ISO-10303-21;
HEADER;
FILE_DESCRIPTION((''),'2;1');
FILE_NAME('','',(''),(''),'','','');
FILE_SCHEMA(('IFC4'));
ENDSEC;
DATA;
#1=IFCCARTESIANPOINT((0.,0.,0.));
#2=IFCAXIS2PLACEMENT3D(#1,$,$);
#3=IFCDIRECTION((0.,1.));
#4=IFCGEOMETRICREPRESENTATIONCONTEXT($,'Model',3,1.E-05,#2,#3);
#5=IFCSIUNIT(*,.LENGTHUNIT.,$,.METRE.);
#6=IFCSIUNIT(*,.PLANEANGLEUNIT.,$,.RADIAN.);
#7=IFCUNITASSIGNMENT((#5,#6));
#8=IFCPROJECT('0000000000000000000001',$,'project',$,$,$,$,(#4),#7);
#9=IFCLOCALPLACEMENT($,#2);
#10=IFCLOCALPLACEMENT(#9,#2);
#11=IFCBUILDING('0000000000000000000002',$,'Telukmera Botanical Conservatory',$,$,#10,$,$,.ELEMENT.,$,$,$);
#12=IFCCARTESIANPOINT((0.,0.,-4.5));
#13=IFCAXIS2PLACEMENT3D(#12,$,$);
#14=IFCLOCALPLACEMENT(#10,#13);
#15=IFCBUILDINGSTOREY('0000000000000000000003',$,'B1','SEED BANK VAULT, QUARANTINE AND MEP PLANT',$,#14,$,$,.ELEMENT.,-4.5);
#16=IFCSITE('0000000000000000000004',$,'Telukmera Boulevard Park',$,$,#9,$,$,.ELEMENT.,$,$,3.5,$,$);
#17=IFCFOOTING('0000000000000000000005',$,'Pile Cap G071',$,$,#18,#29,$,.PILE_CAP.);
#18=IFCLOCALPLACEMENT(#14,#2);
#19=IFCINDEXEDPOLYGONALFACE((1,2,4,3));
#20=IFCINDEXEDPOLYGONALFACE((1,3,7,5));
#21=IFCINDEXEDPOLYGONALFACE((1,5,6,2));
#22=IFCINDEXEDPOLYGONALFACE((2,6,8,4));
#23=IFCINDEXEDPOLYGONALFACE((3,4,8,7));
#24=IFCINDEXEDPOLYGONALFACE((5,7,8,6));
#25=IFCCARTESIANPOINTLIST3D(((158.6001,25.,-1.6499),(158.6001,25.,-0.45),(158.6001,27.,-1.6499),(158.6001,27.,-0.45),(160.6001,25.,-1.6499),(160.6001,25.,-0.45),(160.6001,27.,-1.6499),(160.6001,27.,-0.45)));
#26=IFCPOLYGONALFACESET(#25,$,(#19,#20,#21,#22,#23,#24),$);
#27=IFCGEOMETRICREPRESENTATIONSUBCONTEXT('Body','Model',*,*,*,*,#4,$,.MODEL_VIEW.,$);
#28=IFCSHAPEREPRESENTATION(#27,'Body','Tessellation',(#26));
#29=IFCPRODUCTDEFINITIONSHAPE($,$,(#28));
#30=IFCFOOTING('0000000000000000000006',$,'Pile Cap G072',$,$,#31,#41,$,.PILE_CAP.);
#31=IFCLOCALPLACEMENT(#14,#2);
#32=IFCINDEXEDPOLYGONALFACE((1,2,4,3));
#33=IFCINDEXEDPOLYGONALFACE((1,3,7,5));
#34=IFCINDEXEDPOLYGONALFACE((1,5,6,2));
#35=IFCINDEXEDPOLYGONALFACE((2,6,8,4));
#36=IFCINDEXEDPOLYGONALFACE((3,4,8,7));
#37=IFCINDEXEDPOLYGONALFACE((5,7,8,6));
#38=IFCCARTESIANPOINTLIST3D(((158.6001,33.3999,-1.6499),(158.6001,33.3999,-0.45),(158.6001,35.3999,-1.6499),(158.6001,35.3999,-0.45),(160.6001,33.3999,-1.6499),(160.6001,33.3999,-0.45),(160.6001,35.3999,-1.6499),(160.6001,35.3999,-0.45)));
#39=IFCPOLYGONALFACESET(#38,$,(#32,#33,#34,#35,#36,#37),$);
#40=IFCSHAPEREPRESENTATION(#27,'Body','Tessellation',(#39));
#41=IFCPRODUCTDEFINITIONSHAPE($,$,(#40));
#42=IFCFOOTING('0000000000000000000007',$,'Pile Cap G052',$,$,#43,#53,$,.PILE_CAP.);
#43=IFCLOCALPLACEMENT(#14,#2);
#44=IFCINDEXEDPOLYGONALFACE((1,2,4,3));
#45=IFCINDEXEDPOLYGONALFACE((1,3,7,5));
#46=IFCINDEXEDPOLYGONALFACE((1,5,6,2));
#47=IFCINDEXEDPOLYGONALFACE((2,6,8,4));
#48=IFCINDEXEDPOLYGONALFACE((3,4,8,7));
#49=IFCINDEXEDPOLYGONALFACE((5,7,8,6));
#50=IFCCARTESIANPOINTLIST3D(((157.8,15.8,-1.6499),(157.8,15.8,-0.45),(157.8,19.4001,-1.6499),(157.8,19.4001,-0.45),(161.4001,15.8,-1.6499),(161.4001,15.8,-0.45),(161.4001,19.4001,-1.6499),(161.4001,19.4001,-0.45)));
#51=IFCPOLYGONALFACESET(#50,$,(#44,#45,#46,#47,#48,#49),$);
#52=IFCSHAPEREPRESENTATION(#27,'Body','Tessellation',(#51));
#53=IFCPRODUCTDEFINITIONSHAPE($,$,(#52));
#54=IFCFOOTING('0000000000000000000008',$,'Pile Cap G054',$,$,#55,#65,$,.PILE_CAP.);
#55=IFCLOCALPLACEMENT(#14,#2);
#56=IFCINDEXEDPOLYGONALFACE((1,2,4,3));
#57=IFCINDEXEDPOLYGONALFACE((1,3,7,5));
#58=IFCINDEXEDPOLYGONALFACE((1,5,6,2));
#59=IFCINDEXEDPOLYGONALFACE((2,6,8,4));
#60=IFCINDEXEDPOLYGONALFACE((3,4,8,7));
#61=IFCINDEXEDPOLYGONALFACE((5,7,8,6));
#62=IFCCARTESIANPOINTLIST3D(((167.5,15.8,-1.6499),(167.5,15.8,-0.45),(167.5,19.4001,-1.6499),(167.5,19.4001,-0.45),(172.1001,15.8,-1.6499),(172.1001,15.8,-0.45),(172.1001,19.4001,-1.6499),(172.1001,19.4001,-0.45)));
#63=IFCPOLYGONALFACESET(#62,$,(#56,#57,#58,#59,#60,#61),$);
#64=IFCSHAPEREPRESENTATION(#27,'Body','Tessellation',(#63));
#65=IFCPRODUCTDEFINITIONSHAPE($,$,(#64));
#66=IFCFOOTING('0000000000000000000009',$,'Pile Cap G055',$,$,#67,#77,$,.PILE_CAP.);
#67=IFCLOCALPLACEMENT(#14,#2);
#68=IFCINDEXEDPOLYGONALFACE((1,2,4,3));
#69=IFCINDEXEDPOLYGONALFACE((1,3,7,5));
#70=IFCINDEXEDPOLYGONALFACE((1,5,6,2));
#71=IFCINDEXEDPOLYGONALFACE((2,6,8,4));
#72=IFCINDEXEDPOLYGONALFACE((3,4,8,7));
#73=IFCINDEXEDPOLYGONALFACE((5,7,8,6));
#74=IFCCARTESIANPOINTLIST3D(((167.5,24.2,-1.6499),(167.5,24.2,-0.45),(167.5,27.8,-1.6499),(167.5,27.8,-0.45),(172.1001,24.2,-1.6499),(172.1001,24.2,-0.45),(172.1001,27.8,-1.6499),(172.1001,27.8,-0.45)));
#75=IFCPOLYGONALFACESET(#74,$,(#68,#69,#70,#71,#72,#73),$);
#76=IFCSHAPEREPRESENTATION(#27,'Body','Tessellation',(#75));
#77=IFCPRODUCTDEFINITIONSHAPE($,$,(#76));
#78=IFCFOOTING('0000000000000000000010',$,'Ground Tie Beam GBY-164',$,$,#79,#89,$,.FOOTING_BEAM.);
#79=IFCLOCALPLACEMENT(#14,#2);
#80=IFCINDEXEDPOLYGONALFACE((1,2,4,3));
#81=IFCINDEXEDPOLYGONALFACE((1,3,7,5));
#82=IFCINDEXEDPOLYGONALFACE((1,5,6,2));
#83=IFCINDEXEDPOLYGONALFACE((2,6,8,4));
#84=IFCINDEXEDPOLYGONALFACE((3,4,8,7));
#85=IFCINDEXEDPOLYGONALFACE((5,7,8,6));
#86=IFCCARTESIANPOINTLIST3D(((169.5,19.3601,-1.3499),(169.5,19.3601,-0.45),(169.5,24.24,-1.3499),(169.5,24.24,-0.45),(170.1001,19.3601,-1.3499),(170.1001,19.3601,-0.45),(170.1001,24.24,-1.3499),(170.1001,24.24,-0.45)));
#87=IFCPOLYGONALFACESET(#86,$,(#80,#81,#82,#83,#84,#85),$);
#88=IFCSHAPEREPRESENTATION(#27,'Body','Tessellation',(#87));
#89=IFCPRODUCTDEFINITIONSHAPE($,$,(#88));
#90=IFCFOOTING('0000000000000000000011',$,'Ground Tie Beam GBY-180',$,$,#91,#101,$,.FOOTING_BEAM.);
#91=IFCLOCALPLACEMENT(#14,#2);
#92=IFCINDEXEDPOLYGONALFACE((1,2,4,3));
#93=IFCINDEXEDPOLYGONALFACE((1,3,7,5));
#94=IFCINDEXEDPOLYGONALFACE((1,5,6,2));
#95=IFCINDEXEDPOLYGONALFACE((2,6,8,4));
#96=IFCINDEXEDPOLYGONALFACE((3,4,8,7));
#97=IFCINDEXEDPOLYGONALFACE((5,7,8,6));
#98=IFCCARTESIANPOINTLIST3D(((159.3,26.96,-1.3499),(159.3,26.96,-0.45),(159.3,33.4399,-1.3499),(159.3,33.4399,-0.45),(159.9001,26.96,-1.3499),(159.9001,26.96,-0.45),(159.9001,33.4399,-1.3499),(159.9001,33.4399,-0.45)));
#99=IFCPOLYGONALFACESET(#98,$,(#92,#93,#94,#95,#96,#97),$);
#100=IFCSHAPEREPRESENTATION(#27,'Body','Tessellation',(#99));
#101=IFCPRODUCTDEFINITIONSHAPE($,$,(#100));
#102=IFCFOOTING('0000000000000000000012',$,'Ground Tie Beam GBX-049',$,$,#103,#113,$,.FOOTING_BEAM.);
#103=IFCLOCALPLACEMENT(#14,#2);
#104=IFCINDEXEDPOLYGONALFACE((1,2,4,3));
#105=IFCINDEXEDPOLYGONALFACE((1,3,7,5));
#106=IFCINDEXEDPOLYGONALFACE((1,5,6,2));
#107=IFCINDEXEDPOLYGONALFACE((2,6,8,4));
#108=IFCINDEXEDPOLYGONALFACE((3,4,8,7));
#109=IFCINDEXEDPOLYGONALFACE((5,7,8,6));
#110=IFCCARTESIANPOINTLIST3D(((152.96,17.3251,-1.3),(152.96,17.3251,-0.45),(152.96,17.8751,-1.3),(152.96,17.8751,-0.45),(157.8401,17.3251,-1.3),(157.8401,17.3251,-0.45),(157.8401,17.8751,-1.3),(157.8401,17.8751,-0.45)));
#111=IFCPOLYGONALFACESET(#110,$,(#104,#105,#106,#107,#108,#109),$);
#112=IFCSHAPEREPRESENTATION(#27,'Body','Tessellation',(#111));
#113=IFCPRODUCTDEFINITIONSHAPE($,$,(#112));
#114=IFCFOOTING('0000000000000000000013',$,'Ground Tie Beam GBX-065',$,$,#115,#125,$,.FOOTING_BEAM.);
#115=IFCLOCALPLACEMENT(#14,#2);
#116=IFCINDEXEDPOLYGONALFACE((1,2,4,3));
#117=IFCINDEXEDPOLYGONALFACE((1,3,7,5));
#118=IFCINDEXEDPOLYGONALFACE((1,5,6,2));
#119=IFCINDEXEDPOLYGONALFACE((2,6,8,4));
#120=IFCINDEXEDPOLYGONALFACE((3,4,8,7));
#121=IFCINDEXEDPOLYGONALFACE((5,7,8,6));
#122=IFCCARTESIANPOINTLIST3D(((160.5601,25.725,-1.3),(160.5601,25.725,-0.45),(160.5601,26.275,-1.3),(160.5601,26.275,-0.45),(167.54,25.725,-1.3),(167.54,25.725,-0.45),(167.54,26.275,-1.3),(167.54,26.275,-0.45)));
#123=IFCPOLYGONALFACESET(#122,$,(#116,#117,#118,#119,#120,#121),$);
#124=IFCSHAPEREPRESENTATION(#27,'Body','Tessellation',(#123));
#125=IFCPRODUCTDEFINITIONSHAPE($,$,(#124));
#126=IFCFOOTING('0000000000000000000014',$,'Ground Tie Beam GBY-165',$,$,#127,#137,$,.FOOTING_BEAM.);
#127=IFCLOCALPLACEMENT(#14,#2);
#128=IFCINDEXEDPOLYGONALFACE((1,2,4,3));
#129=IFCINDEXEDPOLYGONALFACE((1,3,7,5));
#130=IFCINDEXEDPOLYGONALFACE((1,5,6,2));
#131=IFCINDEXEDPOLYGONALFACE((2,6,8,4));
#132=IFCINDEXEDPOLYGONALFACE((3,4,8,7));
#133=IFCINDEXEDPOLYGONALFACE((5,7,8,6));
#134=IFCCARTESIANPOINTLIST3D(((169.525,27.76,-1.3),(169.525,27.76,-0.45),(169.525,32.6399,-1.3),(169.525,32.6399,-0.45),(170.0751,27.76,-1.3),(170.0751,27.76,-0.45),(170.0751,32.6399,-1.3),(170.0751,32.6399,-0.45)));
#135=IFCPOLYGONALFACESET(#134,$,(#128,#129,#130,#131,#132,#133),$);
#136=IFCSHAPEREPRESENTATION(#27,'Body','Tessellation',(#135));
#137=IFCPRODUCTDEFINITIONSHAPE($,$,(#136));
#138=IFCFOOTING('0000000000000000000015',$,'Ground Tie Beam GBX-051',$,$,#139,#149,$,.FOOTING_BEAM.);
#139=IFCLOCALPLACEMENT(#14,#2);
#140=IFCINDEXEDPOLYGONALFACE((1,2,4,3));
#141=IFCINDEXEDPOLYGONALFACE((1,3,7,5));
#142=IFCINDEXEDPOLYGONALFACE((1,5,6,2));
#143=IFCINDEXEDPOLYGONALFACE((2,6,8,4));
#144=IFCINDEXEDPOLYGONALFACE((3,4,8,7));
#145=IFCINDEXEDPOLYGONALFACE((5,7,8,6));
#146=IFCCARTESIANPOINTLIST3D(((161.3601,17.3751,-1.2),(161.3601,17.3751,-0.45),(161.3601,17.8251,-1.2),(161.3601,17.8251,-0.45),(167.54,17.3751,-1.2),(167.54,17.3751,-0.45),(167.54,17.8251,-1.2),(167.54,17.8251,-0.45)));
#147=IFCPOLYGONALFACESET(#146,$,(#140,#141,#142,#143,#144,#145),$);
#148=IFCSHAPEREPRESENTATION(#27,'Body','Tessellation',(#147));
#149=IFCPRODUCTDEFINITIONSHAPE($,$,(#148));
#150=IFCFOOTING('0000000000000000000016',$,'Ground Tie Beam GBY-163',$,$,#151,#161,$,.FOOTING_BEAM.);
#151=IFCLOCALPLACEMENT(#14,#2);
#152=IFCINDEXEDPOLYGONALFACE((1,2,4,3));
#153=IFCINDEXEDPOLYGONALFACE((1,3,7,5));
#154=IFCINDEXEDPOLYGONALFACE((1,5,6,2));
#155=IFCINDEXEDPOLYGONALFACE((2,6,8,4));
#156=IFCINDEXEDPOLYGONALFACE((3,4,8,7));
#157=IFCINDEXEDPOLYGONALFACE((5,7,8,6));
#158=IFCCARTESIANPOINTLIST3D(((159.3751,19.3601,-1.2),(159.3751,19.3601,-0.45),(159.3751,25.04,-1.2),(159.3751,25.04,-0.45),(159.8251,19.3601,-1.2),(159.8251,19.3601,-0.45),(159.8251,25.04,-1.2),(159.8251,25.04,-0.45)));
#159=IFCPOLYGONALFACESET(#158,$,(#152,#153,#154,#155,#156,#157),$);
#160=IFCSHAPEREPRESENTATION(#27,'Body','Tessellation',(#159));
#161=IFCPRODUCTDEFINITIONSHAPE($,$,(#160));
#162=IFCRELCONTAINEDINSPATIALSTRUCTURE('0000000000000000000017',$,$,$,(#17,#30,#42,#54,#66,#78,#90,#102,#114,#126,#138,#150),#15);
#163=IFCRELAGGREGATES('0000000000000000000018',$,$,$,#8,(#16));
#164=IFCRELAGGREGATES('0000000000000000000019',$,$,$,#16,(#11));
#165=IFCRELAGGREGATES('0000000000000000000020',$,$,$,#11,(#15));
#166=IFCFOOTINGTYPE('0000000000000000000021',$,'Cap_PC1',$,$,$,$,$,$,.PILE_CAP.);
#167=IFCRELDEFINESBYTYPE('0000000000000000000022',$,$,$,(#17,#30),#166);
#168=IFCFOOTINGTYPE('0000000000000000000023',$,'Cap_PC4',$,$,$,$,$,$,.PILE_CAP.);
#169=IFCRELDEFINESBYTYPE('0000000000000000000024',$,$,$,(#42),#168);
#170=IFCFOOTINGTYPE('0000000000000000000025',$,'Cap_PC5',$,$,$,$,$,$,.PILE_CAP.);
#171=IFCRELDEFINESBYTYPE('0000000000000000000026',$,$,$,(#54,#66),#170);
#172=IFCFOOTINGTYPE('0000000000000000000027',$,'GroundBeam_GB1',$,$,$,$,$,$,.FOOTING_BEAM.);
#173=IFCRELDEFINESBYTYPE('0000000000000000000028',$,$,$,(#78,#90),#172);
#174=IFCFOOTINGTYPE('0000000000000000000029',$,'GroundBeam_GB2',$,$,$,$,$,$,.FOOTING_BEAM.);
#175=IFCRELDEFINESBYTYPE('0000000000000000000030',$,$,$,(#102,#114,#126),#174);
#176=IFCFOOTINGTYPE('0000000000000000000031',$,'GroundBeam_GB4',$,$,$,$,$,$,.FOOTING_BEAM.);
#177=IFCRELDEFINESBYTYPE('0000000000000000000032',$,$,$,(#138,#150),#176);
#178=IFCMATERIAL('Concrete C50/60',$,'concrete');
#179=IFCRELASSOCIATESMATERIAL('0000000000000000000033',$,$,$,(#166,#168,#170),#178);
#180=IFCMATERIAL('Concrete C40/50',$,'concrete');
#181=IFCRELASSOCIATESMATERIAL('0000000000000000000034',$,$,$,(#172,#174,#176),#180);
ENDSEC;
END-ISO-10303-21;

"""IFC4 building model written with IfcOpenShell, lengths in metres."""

from ifc_helpers import new_model, si_unit, direction, frame, origin, origin_2d, place, context, subcontext, project, spatial, rectangle, extrude, material, material_profile, profile_set, type_object, element, save


model = new_model("IFC4")

# Units and contexts
model_context = context("Model", 3, precision=1e-05, world=origin(), true_north=direction((0.0, 1.0)))
body_context = subcontext(model_context, "Body", "Model", "MODEL_VIEW")
ifc_project = project(units=[si_unit("LENGTHUNIT", "METRE"), si_unit("PLANEANGLEUNIT", "RADIAN")], contexts=[model_context])

# Site, building, storey
site_placement = place(None, origin())
site = spatial("IfcSite", under=ifc_project, at=site_placement, Name="Telukmera Boulevard Park", CompositionType="ELEMENT", RefElevation=3.5)
building_placement = place(site_placement, origin())
building = spatial("IfcBuilding", under=site, at=building_placement, Name="Telukmera Botanical Conservatory", CompositionType="ELEMENT")
storey_placement = place(building_placement, frame((0.0, 0.0, -4.5)))
storey = spatial("IfcBuildingStorey", under=building, at=storey_placement, Name="B1", Description="SEED BANK VAULT, QUARANTINE AND MEP PLANT", CompositionType="ELEMENT", Elevation=-4.5)

# Footings
ifc_material_1 = material(Name="Concrete C50/60", Category="concrete")
footing_type_1 = type_object("IfcFootingType", Name="Cap_PC1", PredefinedType="PILE_CAP", material=ifc_material_1)
for number, where, z_axis, x_axis, name in (
    (1, (159.6001, 26.0, -1.6499), (0.0, 0.0, 1.0), (1.0, 0.0, 0.0), "Pile Cap G071"),
    (2, (159.6001, 34.3999, -1.6499), (0.0, 0.0, 1.0), (1.0, 0.0, 0.0), "Pile Cap G072"),
):
    element("IfcFooting", number, at=place(storey_placement, frame(where, z_axis=z_axis, x_axis=x_axis)), inside=storey, type_object=footing_type_1, Name=name, PredefinedType="PILE_CAP", context=body_context, shape_type="SweptSolid", body=[
        extrude(rectangle(XDim=2.0, YDim=2.0, at=origin_2d()), origin(), (0.0, 0.0, 1.0), 1.2),
    ])
footing_type_2 = type_object("IfcFootingType", Name="Cap_PC4", PredefinedType="PILE_CAP", material=ifc_material_1)
footing_1_placement = place(storey_placement, frame((159.6001, 17.6001, -1.6499), z_axis=(0.0, 0.0, 1.0), x_axis=(1.0, 0.0, 0.0)))
element("IfcFooting", 3, at=footing_1_placement, inside=storey, type_object=footing_type_2, Name="Pile Cap G052", PredefinedType="PILE_CAP", context=body_context, shape_type="SweptSolid", body=[
    extrude(rectangle(XDim=3.6001, YDim=3.6001, at=origin_2d()), origin(), (0.0, 0.0, 1.0), 1.2),
])
footing_type_3 = type_object("IfcFootingType", Name="Cap_PC5", PredefinedType="PILE_CAP", material=ifc_material_1)
for number, where, z_axis, x_axis, name in (
    (4, (169.8, 17.6001, -1.6499), (0.0, 0.0, 1.0), (1.0, 0.0, 0.0), "Pile Cap G054"),
    (5, (169.8, 26.0, -1.6499), (0.0, 0.0, 1.0), (1.0, 0.0, 0.0), "Pile Cap G055"),
):
    element("IfcFooting", number, at=place(storey_placement, frame(where, z_axis=z_axis, x_axis=x_axis)), inside=storey, type_object=footing_type_3, Name=name, PredefinedType="PILE_CAP", context=body_context, shape_type="SweptSolid", body=[
        extrude(rectangle(XDim=4.6001, YDim=3.6001, at=origin_2d()), origin(), (0.0, 0.0, 1.0), 1.2),
    ])
ifc_material_2 = material(Name="Concrete C40/50", Category="concrete")
ifc_material_profile_1 = material_profile(ifc_material_2, rectangle(XDim=0.6001, YDim=0.8999, at=origin_2d()), Name="RC 600x900")
ifc_profile_set_1 = profile_set([ifc_material_profile_1], Name="Concrete C40/50")
footing_type_4 = type_object("IfcFootingType", Name="GroundBeam_GB1", PredefinedType="FOOTING_BEAM", material=ifc_profile_set_1)
footing_2_placement = place(storey_placement, frame((169.8, 19.3601, -0.8999), z_axis=(0.0, 1.0, 0.0), x_axis=(-1.0, 0.0, 0.0)))
element("IfcFooting", 6, at=footing_2_placement, inside=storey, type_object=footing_type_4, Name="Ground Tie Beam GBY-164", PredefinedType="FOOTING_BEAM", context=body_context, shape_type="SweptSolid", body=[
    extrude(rectangle(XDim=0.6001, YDim=0.8999, at=origin_2d()), origin(), (0.0, 0.0, 1.0), 4.8799),
])
footing_3_placement = place(storey_placement, frame((159.6001, 26.96, -0.8999), z_axis=(0.0, 1.0, 0.0), x_axis=(-1.0, 0.0, 0.0)))
element("IfcFooting", 7, at=footing_3_placement, inside=storey, type_object=footing_type_4, Name="Ground Tie Beam GBY-180", PredefinedType="FOOTING_BEAM", context=body_context, shape_type="SweptSolid", body=[
    extrude(rectangle(XDim=0.6001, YDim=0.8999, at=origin_2d()), origin(), (0.0, 0.0, 1.0), 6.48),
])
ifc_material_profile_2 = material_profile(ifc_material_2, rectangle(XDim=0.55, YDim=0.8501, at=origin_2d()), Name="RC 550x850")
ifc_profile_set_2 = profile_set([ifc_material_profile_2], Name="Concrete C40/50")
footing_type_5 = type_object("IfcFootingType", Name="GroundBeam_GB2", PredefinedType="FOOTING_BEAM", material=ifc_profile_set_2)
footing_4_placement = place(storey_placement, frame((152.96, 17.6001, -0.875), z_axis=(1.0, 0.0, 0.0), x_axis=(0.0, 1.0, 0.0)))
element("IfcFooting", 8, at=footing_4_placement, inside=storey, type_object=footing_type_5, Name="Ground Tie Beam GBX-049", PredefinedType="FOOTING_BEAM", context=body_context, shape_type="SweptSolid", body=[
    extrude(rectangle(XDim=0.55, YDim=0.8501, at=origin_2d()), origin(), (0.0, 0.0, 1.0), 4.8801),
])
footing_5_placement = place(storey_placement, frame((160.5601, 26.0, -0.875), z_axis=(1.0, 0.0, 0.0), x_axis=(0.0, 1.0, 0.0)))
element("IfcFooting", 9, at=footing_5_placement, inside=storey, type_object=footing_type_5, Name="Ground Tie Beam GBX-065", PredefinedType="FOOTING_BEAM", context=body_context, shape_type="SweptSolid", body=[
    extrude(rectangle(XDim=0.55, YDim=0.8501, at=origin_2d()), origin(), (0.0, 0.0, 1.0), 6.98),
])
footing_6_placement = place(storey_placement, frame((169.8, 27.76, -0.875), z_axis=(0.0, 1.0, 0.0), x_axis=(-1.0, 0.0, 0.0)))
element("IfcFooting", 10, at=footing_6_placement, inside=storey, type_object=footing_type_5, Name="Ground Tie Beam GBY-165", PredefinedType="FOOTING_BEAM", context=body_context, shape_type="SweptSolid", body=[
    extrude(rectangle(XDim=0.55, YDim=0.8501, at=origin_2d()), origin(), (0.0, 0.0, 1.0), 4.8799),
])
ifc_material_profile_3 = material_profile(ifc_material_2, rectangle(XDim=0.45, YDim=0.75, at=origin_2d()), Name="RC 450x750")
ifc_profile_set_3 = profile_set([ifc_material_profile_3], Name="Concrete C40/50")
footing_type_6 = type_object("IfcFootingType", Name="GroundBeam_GB4", PredefinedType="FOOTING_BEAM", material=ifc_profile_set_3)
footing_7_placement = place(storey_placement, frame((161.3601, 17.6001, -0.825), z_axis=(1.0, 0.0, 0.0), x_axis=(0.0, 1.0, 0.0)))
element("IfcFooting", 11, at=footing_7_placement, inside=storey, type_object=footing_type_6, Name="Ground Tie Beam GBX-051", PredefinedType="FOOTING_BEAM", context=body_context, shape_type="SweptSolid", body=[
    extrude(rectangle(XDim=0.45, YDim=0.75, at=origin_2d()), origin(), (0.0, 0.0, 1.0), 6.1799),
])
footing_8_placement = place(storey_placement, frame((159.6001, 19.3601, -0.825), z_axis=(0.0, 1.0, 0.0), x_axis=(-1.0, 0.0, 0.0)))
element("IfcFooting", 12, at=footing_8_placement, inside=storey, type_object=footing_type_6, Name="Ground Tie Beam GBY-163", PredefinedType="FOOTING_BEAM", context=body_context, shape_type="SweptSolid", body=[
    extrude(rectangle(XDim=0.45, YDim=0.75, at=origin_2d()), origin(), (0.0, 0.0, 1.0), 5.6799),
])

save(model, "model.ifc")
